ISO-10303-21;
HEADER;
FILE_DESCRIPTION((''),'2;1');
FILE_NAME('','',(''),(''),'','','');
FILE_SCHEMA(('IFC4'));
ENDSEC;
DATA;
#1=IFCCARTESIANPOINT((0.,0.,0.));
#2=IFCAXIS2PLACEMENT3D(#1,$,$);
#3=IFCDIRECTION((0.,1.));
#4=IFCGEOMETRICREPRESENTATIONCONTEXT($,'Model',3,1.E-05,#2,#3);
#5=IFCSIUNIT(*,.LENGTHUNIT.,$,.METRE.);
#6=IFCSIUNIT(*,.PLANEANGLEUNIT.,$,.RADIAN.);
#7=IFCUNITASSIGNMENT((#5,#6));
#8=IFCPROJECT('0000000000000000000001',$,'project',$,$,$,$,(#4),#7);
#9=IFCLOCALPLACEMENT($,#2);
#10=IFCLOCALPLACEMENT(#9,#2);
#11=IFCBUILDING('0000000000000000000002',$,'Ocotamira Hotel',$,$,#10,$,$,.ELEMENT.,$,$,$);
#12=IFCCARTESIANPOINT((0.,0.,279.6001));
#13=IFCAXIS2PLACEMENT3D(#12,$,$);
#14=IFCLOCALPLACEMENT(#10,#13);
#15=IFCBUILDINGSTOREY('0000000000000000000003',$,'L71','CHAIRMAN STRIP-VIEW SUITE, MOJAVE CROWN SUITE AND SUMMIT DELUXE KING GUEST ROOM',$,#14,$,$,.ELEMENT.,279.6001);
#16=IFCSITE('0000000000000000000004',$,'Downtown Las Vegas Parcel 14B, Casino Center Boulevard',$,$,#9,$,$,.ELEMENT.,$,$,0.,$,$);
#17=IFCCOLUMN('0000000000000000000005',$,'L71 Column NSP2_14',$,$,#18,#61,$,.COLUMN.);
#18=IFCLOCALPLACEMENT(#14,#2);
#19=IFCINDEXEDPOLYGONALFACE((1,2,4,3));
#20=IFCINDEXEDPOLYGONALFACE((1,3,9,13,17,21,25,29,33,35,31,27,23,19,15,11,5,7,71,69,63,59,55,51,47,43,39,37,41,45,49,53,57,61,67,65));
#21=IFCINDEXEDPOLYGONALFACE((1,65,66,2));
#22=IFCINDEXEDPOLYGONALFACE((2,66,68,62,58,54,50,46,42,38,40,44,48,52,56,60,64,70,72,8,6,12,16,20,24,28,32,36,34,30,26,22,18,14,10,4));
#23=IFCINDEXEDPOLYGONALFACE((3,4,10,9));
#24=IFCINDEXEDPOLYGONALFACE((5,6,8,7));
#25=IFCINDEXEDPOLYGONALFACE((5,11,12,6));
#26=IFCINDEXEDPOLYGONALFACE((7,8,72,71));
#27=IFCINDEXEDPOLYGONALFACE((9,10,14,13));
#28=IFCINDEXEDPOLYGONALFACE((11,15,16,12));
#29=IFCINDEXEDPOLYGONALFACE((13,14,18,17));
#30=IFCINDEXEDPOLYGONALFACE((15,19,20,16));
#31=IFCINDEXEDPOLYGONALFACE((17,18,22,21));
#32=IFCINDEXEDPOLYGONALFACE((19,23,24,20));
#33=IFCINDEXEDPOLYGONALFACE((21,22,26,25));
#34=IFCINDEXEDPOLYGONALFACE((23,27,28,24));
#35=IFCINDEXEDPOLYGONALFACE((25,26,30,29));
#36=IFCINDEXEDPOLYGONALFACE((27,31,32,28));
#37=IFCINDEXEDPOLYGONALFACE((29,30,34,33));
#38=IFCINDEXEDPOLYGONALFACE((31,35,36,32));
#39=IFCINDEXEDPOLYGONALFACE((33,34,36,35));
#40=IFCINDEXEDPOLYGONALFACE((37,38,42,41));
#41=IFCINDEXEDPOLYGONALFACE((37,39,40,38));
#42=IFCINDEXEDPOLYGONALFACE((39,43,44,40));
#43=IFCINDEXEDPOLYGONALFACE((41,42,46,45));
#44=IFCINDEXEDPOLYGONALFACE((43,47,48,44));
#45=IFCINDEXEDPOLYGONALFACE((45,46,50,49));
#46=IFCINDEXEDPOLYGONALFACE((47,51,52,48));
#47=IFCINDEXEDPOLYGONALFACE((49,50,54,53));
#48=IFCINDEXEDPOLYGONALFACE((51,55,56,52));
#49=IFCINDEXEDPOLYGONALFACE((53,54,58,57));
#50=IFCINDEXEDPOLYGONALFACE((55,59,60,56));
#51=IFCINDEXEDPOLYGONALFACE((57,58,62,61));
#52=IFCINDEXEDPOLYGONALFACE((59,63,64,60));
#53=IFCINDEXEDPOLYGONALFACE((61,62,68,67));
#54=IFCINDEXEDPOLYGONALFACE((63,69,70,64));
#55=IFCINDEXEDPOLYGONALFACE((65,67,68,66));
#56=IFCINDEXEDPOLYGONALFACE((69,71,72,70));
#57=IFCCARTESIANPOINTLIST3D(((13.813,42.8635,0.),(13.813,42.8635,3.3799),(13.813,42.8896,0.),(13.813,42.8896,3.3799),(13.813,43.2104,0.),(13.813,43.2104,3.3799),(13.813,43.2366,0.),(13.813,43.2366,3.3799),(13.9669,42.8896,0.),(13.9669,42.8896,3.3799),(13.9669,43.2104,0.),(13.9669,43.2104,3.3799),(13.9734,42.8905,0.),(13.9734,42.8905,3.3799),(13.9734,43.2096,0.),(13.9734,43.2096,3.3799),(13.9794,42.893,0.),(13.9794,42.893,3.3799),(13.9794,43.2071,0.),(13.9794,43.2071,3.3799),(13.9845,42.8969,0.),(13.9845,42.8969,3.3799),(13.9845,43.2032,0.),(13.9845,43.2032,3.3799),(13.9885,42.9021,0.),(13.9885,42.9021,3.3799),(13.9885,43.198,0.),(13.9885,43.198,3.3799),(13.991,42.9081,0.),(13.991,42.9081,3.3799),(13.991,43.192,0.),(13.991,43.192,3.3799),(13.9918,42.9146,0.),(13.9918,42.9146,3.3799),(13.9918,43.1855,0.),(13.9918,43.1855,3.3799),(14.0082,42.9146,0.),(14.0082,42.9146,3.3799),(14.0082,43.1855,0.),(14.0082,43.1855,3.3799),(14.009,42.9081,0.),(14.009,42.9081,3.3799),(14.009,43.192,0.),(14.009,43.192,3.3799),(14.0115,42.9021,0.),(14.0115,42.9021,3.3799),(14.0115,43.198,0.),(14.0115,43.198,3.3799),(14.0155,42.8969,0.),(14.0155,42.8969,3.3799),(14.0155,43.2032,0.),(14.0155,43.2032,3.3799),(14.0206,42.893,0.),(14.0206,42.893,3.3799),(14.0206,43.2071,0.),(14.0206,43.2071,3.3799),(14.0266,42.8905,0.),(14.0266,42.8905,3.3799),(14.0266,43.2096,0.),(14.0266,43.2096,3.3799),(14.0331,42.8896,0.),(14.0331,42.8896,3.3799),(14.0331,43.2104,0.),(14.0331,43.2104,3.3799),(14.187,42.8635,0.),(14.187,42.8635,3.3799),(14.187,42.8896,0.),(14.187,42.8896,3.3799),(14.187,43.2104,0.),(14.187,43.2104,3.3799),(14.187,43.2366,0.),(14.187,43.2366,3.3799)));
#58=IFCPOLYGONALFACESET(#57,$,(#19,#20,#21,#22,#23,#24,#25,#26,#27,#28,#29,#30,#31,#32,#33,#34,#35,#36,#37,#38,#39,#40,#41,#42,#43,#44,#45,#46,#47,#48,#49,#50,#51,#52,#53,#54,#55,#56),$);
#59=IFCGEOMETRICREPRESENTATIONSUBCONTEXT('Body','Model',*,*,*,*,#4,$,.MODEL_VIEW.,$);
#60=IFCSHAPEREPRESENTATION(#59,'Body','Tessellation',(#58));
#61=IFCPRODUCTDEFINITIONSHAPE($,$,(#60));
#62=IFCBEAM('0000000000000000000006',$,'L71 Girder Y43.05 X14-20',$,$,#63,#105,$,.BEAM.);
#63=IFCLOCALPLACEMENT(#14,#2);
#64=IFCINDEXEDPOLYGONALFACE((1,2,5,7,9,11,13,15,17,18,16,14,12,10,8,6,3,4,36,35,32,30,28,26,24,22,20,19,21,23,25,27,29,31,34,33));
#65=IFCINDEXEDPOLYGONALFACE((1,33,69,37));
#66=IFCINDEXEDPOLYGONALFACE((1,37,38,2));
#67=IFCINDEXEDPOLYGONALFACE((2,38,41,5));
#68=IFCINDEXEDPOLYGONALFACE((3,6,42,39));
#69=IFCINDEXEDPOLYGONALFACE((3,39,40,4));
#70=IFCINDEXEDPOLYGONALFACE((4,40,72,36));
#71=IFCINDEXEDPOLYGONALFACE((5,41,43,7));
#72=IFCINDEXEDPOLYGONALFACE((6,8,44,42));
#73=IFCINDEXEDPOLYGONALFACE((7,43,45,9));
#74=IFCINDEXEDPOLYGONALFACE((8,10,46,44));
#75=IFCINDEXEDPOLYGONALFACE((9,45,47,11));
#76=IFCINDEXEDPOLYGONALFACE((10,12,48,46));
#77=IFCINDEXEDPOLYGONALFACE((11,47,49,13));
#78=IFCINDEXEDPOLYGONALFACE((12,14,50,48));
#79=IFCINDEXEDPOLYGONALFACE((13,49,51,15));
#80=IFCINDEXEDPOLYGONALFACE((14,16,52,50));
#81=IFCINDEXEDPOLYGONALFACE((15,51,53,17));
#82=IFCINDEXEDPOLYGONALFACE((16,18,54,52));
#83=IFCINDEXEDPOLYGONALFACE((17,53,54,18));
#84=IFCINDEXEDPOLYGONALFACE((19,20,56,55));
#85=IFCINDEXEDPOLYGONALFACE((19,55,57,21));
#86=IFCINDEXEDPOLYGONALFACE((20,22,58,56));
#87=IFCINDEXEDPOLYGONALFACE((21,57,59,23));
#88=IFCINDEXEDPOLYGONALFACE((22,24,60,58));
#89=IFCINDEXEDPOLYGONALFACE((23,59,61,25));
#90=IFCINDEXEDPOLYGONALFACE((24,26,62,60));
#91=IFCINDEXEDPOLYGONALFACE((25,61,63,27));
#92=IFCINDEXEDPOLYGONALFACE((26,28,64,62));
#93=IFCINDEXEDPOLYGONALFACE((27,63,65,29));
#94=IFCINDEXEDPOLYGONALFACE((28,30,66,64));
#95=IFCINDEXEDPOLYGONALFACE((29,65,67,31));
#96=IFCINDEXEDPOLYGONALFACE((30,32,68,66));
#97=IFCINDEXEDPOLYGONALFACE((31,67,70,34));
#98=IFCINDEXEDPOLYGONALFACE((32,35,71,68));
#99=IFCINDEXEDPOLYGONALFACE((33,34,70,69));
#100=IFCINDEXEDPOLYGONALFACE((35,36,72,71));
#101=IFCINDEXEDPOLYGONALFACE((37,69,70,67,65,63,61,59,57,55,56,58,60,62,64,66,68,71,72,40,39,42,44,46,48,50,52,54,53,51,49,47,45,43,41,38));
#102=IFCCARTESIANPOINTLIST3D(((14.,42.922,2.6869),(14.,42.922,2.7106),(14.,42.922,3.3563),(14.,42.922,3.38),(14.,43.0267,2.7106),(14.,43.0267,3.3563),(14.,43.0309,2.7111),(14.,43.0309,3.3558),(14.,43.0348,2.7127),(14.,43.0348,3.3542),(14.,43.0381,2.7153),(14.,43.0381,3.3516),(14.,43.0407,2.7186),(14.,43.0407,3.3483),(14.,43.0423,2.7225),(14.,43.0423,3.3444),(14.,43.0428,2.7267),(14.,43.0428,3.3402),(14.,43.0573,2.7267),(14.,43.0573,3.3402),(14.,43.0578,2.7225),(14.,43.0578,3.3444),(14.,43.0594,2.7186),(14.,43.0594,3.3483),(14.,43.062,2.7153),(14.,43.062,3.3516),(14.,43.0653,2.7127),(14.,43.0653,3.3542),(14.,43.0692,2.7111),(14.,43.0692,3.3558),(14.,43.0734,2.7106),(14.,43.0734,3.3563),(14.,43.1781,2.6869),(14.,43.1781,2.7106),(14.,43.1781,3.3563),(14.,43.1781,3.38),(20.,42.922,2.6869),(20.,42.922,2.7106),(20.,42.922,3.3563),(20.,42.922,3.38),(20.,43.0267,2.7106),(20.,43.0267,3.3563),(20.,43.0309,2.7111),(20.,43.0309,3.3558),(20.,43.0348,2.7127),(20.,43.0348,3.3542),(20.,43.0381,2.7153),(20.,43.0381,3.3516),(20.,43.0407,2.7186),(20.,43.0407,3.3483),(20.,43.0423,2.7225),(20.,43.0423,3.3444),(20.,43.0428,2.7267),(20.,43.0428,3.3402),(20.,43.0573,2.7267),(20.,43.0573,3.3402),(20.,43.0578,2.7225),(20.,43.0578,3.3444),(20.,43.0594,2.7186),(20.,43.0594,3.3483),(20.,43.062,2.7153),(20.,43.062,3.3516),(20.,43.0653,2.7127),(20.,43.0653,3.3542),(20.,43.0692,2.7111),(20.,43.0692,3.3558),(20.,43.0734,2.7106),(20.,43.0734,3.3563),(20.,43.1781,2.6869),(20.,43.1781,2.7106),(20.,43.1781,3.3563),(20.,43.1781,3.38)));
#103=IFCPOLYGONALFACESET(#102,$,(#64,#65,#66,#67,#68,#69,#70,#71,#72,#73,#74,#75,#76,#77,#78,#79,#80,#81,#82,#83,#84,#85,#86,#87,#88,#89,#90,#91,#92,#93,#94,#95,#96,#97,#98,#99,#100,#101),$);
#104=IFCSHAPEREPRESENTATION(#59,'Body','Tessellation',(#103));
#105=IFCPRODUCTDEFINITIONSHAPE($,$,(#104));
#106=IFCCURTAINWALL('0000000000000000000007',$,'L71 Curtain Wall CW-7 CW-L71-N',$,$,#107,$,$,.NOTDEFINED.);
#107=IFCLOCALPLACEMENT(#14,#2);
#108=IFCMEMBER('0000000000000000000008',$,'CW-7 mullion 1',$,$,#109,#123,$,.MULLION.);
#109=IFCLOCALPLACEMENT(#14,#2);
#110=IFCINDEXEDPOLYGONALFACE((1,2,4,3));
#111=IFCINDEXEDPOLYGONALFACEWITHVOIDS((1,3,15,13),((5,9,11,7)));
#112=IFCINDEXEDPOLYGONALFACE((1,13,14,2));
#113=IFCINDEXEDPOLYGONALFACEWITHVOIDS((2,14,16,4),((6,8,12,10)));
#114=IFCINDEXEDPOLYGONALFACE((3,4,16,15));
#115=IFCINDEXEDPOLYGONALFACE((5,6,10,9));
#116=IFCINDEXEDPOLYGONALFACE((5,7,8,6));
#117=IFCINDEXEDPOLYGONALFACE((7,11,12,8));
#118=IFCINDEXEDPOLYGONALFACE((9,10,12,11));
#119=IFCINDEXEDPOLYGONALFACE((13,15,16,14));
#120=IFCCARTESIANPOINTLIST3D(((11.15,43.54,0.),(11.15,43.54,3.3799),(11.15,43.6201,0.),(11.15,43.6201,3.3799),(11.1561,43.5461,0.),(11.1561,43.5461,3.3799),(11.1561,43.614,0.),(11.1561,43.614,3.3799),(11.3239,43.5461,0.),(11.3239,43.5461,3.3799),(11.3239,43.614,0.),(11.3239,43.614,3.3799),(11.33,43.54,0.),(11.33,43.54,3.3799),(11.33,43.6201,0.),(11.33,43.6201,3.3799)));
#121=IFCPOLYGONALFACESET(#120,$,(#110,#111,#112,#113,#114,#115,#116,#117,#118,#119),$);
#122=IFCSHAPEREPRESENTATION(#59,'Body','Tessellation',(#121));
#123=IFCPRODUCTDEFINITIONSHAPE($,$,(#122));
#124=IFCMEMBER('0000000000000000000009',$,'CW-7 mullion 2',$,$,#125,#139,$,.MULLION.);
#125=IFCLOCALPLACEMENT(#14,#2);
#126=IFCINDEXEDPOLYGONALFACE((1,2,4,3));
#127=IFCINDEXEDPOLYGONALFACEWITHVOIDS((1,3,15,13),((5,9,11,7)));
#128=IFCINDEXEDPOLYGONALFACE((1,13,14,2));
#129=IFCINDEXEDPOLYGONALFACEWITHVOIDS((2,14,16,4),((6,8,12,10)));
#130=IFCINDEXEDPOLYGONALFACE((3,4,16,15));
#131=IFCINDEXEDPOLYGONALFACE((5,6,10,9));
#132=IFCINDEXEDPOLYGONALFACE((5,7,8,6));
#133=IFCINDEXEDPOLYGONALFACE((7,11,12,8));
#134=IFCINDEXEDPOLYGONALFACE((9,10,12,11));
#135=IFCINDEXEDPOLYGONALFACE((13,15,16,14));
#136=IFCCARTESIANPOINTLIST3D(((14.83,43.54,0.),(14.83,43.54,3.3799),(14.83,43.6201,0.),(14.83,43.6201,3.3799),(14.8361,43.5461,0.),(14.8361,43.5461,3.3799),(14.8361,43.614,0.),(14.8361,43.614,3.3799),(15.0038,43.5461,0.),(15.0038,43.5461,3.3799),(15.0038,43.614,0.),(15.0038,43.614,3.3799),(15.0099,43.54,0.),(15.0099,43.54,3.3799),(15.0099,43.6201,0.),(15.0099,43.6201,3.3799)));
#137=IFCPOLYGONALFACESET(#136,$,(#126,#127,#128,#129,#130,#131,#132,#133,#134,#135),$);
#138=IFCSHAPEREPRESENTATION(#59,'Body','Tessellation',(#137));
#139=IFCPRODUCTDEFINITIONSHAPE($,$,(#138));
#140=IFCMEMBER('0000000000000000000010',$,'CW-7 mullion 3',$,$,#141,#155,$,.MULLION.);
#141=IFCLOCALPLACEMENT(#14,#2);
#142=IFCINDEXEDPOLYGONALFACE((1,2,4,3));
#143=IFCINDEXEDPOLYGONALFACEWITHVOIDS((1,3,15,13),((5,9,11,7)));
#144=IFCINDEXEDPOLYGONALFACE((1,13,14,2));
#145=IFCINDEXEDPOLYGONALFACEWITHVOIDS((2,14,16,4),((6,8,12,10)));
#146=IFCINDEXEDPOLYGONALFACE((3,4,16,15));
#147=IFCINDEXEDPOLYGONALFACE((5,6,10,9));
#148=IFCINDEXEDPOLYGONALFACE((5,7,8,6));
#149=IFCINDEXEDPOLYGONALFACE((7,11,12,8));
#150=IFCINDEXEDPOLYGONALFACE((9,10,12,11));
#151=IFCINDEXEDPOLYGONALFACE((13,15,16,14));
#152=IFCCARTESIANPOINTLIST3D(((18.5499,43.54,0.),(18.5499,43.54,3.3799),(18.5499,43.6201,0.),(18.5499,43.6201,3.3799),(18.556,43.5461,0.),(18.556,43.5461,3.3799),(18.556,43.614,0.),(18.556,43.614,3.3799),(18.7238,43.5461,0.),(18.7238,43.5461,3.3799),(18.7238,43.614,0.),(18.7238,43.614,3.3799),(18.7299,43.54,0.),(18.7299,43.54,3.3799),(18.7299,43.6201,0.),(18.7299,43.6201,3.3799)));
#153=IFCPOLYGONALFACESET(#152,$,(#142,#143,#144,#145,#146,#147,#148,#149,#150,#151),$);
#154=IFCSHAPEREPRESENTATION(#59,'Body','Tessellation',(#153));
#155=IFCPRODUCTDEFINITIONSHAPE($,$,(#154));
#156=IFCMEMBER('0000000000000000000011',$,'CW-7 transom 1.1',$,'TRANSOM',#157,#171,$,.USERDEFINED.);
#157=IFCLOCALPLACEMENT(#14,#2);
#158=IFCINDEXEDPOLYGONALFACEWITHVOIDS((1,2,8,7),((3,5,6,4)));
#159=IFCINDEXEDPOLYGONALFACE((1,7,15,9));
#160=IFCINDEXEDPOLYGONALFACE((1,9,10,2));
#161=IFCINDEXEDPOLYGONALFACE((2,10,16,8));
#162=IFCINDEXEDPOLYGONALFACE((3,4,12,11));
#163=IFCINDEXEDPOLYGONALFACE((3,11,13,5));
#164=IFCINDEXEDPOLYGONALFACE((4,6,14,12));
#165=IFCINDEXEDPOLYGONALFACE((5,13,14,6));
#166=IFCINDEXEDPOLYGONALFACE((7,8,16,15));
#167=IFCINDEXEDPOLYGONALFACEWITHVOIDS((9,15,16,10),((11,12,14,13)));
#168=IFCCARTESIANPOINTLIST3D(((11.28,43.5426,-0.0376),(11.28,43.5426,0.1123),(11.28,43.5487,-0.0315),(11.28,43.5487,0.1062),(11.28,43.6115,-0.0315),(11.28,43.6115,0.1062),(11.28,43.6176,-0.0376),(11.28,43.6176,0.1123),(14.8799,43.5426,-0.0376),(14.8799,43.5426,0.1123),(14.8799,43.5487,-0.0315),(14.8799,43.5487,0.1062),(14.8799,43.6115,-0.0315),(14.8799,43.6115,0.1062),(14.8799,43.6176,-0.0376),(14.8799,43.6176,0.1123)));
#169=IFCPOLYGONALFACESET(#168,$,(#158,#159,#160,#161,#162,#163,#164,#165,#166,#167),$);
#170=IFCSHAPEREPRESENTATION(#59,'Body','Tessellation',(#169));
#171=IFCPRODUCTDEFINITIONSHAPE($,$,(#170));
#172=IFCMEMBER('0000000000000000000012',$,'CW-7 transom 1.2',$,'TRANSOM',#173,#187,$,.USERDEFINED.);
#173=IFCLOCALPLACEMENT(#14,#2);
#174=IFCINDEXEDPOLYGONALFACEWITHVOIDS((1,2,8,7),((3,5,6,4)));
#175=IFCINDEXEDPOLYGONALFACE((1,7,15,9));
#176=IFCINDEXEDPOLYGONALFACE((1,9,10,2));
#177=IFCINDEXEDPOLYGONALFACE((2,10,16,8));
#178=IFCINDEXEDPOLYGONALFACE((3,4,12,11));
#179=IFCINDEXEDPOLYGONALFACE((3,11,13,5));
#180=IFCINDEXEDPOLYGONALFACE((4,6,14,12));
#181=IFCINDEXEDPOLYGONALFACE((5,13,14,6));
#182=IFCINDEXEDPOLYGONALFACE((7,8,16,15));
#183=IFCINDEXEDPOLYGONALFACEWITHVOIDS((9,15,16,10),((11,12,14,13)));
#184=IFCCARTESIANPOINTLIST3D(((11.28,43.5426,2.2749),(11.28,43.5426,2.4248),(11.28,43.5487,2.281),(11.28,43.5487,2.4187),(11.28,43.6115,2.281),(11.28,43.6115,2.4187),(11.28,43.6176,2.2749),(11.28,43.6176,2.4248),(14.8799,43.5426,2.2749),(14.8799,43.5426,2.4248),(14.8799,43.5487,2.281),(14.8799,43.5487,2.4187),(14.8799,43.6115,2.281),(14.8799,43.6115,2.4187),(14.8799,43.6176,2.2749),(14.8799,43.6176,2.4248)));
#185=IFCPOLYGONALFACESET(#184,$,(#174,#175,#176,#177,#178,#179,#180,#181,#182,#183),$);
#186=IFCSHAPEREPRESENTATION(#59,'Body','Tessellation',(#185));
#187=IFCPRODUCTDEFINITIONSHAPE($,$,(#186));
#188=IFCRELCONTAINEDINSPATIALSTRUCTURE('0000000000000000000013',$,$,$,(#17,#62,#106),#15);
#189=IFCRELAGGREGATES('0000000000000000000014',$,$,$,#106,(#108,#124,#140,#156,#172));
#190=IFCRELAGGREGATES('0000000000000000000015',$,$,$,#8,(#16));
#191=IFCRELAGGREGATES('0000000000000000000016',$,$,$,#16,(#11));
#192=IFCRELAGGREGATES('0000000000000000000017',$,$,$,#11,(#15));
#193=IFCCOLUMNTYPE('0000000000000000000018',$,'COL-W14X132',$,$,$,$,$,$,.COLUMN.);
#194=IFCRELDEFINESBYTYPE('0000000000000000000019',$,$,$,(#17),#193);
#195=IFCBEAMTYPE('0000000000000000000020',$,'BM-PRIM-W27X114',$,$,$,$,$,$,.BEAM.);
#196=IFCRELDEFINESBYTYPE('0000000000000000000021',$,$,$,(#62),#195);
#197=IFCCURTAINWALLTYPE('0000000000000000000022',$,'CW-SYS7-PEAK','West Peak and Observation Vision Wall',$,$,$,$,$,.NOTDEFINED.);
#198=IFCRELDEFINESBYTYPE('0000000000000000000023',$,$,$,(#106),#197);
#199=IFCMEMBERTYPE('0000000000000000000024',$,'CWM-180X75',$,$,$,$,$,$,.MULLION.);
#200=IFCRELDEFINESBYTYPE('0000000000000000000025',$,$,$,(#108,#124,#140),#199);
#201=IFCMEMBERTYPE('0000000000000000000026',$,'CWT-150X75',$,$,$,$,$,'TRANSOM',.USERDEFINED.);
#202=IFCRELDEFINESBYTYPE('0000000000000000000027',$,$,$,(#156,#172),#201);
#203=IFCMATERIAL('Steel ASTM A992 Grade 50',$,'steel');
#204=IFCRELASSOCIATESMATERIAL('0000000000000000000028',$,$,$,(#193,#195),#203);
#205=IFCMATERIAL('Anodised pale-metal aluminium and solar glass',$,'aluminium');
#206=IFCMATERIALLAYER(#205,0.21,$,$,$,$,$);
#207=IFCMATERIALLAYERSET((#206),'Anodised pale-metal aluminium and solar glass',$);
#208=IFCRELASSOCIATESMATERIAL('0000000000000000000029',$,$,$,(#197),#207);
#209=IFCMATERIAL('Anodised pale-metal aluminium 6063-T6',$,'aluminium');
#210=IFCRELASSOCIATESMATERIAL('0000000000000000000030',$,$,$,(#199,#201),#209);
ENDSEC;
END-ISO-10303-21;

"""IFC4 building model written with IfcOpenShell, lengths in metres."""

from ifc_helpers import new_model, si_unit, direction, frame, origin, origin_2d, place, context, subcontext, project, spatial, hollow_rectangle, i_section, extrude, source, transform, mapped, material, layer, layer_set, material_profile, profile_set, type_object, element, aggregate, save


model = new_model("IFC4")

# Units and contexts
model_context = context("Model", 3, precision=1e-05, world=origin(), true_north=direction((0.0, 1.0)))
body_context = subcontext(model_context, "Body", "Model", "MODEL_VIEW")
ifc_project = project(units=[si_unit("LENGTHUNIT", "METRE"), si_unit("PLANEANGLEUNIT", "RADIAN")], contexts=[model_context])

# Site, building, storey
site_placement = place(None, origin())
site = spatial("IfcSite", under=ifc_project, at=site_placement, Name="Downtown Las Vegas Parcel 14B, Casino Center Boulevard", CompositionType="ELEMENT", RefElevation=0.0)
building_placement = place(site_placement, origin())
building = spatial("IfcBuilding", under=site, at=building_placement, Name="Ocotamira Hotel", CompositionType="ELEMENT")
storey_placement = place(building_placement, frame((0.0, 0.0, 279.6001)))
storey = spatial("IfcBuildingStorey", under=building, at=storey_placement, Name="L71", Description="CHAIRMAN STRIP-VIEW SUITE, MOJAVE CROWN SUITE AND SUMMIT DELUXE KING GUEST ROOM", CompositionType="ELEMENT", Elevation=279.6001)

# Column
ifc_material_1 = material(Name="Steel ASTM A992 Grade 50", Category="steel")
ifc_material_profile_1 = material_profile(ifc_material_1, i_section(OverallWidth=0.374, OverallDepth=0.373, WebThickness=0.0164, FlangeThickness=0.0261, FilletRadius=0.0249, at=origin_2d()), Name="W14X132")
ifc_profile_set_1 = profile_set([ifc_material_profile_1], Name="Steel ASTM A992 Grade 50")
column_type = type_object("IfcColumnType", Name="COL-W14X132", PredefinedType="COLUMN", material=ifc_profile_set_1)
shared_shape_1 = source(origin(), body_context, "Body", "SweptSolid", [
    extrude(i_section(OverallWidth=0.374, OverallDepth=0.373, WebThickness=0.0164, FlangeThickness=0.0261, FilletRadius=0.0249, at=origin_2d()), origin(), (0.0, 0.0, 1.0), 3.3799),
])
column_placement = place(storey_placement, frame((14.0, 43.05, 0.0), z_axis=(0.0, 0.0, 1.0), x_axis=(1.0, 0.0, 0.0)))
element("IfcColumn", 1, at=column_placement, inside=storey, type_object=column_type, Name="L71 Column NSP2_14", PredefinedType="COLUMN", context=body_context, shape_type="MappedRepresentation", body=[
    mapped(shared_shape_1, transform((0.0, 0.0, 0.0), scale=1.0)),
])

# Beam
ifc_material_profile_2 = material_profile(ifc_material_1, i_section(OverallWidth=0.2561, OverallDepth=0.6931, WebThickness=0.0144, FlangeThickness=0.0237, FilletRadius=0.0161, at=origin_2d()), Name="W27X114")
ifc_profile_set_2 = profile_set([ifc_material_profile_2], Name="Steel ASTM A992 Grade 50")
beam_type = type_object("IfcBeamType", Name="BM-PRIM-W27X114", PredefinedType="BEAM", material=ifc_profile_set_2)
shared_shape_2 = source(origin(), body_context, "Body", "SweptSolid", [
    extrude(i_section(OverallWidth=0.2561, OverallDepth=0.6931, WebThickness=0.0144, FlangeThickness=0.0237, FilletRadius=0.0161, at=origin_2d()), origin(), (0.0, 0.0, 1.0), 6.0),
])
beam_placement = place(storey_placement, frame((14.0, 43.05, 3.0334), z_axis=(1.0, 0.0, 0.0), x_axis=(0.0, 1.0, 0.0)))
element("IfcBeam", 2, at=beam_placement, inside=storey, type_object=beam_type, Name="L71 Girder Y43.05 X14-20", PredefinedType="BEAM", context=body_context, shape_type="MappedRepresentation", body=[
    mapped(shared_shape_2, transform((0.0, 0.0, 0.0), scale=1.0)),
])

# Curtain wall, members
ifc_material_2 = material(Name="Anodised pale-metal aluminium and solar glass", Category="aluminium")
ifc_layer_1 = layer(ifc_material_2, 0.21)
ifc_layer_set_1 = layer_set([ifc_layer_1], Name="Anodised pale-metal aluminium and solar glass")
curtain_wall_type = type_object("IfcCurtainWallType", Name="CW-SYS7-PEAK", Description="West Peak and Observation Vision Wall", PredefinedType="NOTDEFINED", material=ifc_layer_set_1)
curtain_wall_placement = place(storey_placement, origin())
curtain_wall = element("IfcCurtainWall", 3, at=curtain_wall_placement, inside=storey, type_object=curtain_wall_type, Name="L71 Curtain Wall CW-7 CW-L71-N", PredefinedType="NOTDEFINED")
ifc_material_3 = material(Name="Anodised pale-metal aluminium 6063-T6", Category="aluminium")
ifc_material_profile_3 = material_profile(ifc_material_3, hollow_rectangle(XDim=0.0801, YDim=0.1799, WallThickness=0.0061, at=origin_2d()), Name="HSS180X80X6")
ifc_profile_set_3 = profile_set([ifc_material_profile_3], Name="Anodised pale-metal aluminium 6063-T6")
member_type_1 = type_object("IfcMemberType", Name="CWM-180X75", PredefinedType="MULLION", material=ifc_profile_set_3)
shared_shape_3 = source(origin(), body_context, "Body", "SweptSolid", [
    extrude(hollow_rectangle(XDim=0.0801, YDim=0.1799, WallThickness=0.0061, at=origin_2d()), origin(), (0.0, 0.0, 1.0), 3.3799),
])
member_1_placement = place(storey_placement, frame((11.24, 43.5801, 0.0), z_axis=(0.0, 0.0, 1.0), x_axis=(0.0, 1.0, 0.0)))
member_1 = element("IfcMember", 4, at=member_1_placement, type_object=member_type_1, Name="CW-7 mullion 1", PredefinedType="MULLION", context=body_context, shape_type="MappedRepresentation", body=[
    mapped(shared_shape_3, transform((0.0, 0.0, 0.0), scale=1.0)),
])
member_2_placement = place(storey_placement, frame((14.9199, 43.5801, 0.0), z_axis=(0.0, 0.0, 1.0), x_axis=(0.0, 1.0, 0.0)))
member_2 = element("IfcMember", 5, at=member_2_placement, type_object=member_type_1, Name="CW-7 mullion 2", PredefinedType="MULLION", context=body_context, shape_type="MappedRepresentation", body=[
    mapped(shared_shape_3, transform((0.0, 0.0, 0.0), scale=1.0)),
])
member_3_placement = place(storey_placement, frame((18.6399, 43.5801, 0.0), z_axis=(0.0, 0.0, 1.0), x_axis=(0.0, 1.0, 0.0)))
member_3 = element("IfcMember", 6, at=member_3_placement, type_object=member_type_1, Name="CW-7 mullion 3", PredefinedType="MULLION", context=body_context, shape_type="MappedRepresentation", body=[
    mapped(shared_shape_3, transform((0.0, 0.0, 0.0), scale=1.0)),
])
ifc_material_profile_4 = material_profile(ifc_material_3, hollow_rectangle(XDim=0.075, YDim=0.1499, WallThickness=0.0061, at=origin_2d()), Name="HSS150X75X6")
ifc_profile_set_4 = profile_set([ifc_material_profile_4], Name="Anodised pale-metal aluminium 6063-T6")
member_type_2 = type_object("IfcMemberType", Name="CWT-150X75", ElementType="TRANSOM", PredefinedType="USERDEFINED", material=ifc_profile_set_4)
shared_shape_4 = source(origin(), body_context, "Body", "SweptSolid", [
    extrude(hollow_rectangle(XDim=0.075, YDim=0.1499, WallThickness=0.0061, at=origin_2d()), origin(), (0.0, 0.0, 1.0), 3.5999),
])
member_4_placement = place(storey_placement, frame((11.28, 43.5801, 0.0374), z_axis=(1.0, 0.0, 0.0), x_axis=(0.0, 1.0, 0.0)))
member_4 = element("IfcMember", 7, at=member_4_placement, type_object=member_type_2, Name="CW-7 transom 1.1", ObjectType="TRANSOM", PredefinedType="USERDEFINED", context=body_context, shape_type="MappedRepresentation", body=[
    mapped(shared_shape_4, transform((0.0, 0.0, 0.0), scale=1.0)),
])
member_5_placement = place(storey_placement, frame((11.28, 43.5801, 2.3499), z_axis=(1.0, 0.0, 0.0), x_axis=(0.0, 1.0, 0.0)))
member_5 = element("IfcMember", 8, at=member_5_placement, type_object=member_type_2, Name="CW-7 transom 1.2", ObjectType="TRANSOM", PredefinedType="USERDEFINED", context=body_context, shape_type="MappedRepresentation", body=[
    mapped(shared_shape_4, transform((0.0, 0.0, 0.0), scale=1.0)),
])
aggregate(curtain_wall, [member_1, member_2, member_3, member_4, member_5])

save(model, "model.ifc")
